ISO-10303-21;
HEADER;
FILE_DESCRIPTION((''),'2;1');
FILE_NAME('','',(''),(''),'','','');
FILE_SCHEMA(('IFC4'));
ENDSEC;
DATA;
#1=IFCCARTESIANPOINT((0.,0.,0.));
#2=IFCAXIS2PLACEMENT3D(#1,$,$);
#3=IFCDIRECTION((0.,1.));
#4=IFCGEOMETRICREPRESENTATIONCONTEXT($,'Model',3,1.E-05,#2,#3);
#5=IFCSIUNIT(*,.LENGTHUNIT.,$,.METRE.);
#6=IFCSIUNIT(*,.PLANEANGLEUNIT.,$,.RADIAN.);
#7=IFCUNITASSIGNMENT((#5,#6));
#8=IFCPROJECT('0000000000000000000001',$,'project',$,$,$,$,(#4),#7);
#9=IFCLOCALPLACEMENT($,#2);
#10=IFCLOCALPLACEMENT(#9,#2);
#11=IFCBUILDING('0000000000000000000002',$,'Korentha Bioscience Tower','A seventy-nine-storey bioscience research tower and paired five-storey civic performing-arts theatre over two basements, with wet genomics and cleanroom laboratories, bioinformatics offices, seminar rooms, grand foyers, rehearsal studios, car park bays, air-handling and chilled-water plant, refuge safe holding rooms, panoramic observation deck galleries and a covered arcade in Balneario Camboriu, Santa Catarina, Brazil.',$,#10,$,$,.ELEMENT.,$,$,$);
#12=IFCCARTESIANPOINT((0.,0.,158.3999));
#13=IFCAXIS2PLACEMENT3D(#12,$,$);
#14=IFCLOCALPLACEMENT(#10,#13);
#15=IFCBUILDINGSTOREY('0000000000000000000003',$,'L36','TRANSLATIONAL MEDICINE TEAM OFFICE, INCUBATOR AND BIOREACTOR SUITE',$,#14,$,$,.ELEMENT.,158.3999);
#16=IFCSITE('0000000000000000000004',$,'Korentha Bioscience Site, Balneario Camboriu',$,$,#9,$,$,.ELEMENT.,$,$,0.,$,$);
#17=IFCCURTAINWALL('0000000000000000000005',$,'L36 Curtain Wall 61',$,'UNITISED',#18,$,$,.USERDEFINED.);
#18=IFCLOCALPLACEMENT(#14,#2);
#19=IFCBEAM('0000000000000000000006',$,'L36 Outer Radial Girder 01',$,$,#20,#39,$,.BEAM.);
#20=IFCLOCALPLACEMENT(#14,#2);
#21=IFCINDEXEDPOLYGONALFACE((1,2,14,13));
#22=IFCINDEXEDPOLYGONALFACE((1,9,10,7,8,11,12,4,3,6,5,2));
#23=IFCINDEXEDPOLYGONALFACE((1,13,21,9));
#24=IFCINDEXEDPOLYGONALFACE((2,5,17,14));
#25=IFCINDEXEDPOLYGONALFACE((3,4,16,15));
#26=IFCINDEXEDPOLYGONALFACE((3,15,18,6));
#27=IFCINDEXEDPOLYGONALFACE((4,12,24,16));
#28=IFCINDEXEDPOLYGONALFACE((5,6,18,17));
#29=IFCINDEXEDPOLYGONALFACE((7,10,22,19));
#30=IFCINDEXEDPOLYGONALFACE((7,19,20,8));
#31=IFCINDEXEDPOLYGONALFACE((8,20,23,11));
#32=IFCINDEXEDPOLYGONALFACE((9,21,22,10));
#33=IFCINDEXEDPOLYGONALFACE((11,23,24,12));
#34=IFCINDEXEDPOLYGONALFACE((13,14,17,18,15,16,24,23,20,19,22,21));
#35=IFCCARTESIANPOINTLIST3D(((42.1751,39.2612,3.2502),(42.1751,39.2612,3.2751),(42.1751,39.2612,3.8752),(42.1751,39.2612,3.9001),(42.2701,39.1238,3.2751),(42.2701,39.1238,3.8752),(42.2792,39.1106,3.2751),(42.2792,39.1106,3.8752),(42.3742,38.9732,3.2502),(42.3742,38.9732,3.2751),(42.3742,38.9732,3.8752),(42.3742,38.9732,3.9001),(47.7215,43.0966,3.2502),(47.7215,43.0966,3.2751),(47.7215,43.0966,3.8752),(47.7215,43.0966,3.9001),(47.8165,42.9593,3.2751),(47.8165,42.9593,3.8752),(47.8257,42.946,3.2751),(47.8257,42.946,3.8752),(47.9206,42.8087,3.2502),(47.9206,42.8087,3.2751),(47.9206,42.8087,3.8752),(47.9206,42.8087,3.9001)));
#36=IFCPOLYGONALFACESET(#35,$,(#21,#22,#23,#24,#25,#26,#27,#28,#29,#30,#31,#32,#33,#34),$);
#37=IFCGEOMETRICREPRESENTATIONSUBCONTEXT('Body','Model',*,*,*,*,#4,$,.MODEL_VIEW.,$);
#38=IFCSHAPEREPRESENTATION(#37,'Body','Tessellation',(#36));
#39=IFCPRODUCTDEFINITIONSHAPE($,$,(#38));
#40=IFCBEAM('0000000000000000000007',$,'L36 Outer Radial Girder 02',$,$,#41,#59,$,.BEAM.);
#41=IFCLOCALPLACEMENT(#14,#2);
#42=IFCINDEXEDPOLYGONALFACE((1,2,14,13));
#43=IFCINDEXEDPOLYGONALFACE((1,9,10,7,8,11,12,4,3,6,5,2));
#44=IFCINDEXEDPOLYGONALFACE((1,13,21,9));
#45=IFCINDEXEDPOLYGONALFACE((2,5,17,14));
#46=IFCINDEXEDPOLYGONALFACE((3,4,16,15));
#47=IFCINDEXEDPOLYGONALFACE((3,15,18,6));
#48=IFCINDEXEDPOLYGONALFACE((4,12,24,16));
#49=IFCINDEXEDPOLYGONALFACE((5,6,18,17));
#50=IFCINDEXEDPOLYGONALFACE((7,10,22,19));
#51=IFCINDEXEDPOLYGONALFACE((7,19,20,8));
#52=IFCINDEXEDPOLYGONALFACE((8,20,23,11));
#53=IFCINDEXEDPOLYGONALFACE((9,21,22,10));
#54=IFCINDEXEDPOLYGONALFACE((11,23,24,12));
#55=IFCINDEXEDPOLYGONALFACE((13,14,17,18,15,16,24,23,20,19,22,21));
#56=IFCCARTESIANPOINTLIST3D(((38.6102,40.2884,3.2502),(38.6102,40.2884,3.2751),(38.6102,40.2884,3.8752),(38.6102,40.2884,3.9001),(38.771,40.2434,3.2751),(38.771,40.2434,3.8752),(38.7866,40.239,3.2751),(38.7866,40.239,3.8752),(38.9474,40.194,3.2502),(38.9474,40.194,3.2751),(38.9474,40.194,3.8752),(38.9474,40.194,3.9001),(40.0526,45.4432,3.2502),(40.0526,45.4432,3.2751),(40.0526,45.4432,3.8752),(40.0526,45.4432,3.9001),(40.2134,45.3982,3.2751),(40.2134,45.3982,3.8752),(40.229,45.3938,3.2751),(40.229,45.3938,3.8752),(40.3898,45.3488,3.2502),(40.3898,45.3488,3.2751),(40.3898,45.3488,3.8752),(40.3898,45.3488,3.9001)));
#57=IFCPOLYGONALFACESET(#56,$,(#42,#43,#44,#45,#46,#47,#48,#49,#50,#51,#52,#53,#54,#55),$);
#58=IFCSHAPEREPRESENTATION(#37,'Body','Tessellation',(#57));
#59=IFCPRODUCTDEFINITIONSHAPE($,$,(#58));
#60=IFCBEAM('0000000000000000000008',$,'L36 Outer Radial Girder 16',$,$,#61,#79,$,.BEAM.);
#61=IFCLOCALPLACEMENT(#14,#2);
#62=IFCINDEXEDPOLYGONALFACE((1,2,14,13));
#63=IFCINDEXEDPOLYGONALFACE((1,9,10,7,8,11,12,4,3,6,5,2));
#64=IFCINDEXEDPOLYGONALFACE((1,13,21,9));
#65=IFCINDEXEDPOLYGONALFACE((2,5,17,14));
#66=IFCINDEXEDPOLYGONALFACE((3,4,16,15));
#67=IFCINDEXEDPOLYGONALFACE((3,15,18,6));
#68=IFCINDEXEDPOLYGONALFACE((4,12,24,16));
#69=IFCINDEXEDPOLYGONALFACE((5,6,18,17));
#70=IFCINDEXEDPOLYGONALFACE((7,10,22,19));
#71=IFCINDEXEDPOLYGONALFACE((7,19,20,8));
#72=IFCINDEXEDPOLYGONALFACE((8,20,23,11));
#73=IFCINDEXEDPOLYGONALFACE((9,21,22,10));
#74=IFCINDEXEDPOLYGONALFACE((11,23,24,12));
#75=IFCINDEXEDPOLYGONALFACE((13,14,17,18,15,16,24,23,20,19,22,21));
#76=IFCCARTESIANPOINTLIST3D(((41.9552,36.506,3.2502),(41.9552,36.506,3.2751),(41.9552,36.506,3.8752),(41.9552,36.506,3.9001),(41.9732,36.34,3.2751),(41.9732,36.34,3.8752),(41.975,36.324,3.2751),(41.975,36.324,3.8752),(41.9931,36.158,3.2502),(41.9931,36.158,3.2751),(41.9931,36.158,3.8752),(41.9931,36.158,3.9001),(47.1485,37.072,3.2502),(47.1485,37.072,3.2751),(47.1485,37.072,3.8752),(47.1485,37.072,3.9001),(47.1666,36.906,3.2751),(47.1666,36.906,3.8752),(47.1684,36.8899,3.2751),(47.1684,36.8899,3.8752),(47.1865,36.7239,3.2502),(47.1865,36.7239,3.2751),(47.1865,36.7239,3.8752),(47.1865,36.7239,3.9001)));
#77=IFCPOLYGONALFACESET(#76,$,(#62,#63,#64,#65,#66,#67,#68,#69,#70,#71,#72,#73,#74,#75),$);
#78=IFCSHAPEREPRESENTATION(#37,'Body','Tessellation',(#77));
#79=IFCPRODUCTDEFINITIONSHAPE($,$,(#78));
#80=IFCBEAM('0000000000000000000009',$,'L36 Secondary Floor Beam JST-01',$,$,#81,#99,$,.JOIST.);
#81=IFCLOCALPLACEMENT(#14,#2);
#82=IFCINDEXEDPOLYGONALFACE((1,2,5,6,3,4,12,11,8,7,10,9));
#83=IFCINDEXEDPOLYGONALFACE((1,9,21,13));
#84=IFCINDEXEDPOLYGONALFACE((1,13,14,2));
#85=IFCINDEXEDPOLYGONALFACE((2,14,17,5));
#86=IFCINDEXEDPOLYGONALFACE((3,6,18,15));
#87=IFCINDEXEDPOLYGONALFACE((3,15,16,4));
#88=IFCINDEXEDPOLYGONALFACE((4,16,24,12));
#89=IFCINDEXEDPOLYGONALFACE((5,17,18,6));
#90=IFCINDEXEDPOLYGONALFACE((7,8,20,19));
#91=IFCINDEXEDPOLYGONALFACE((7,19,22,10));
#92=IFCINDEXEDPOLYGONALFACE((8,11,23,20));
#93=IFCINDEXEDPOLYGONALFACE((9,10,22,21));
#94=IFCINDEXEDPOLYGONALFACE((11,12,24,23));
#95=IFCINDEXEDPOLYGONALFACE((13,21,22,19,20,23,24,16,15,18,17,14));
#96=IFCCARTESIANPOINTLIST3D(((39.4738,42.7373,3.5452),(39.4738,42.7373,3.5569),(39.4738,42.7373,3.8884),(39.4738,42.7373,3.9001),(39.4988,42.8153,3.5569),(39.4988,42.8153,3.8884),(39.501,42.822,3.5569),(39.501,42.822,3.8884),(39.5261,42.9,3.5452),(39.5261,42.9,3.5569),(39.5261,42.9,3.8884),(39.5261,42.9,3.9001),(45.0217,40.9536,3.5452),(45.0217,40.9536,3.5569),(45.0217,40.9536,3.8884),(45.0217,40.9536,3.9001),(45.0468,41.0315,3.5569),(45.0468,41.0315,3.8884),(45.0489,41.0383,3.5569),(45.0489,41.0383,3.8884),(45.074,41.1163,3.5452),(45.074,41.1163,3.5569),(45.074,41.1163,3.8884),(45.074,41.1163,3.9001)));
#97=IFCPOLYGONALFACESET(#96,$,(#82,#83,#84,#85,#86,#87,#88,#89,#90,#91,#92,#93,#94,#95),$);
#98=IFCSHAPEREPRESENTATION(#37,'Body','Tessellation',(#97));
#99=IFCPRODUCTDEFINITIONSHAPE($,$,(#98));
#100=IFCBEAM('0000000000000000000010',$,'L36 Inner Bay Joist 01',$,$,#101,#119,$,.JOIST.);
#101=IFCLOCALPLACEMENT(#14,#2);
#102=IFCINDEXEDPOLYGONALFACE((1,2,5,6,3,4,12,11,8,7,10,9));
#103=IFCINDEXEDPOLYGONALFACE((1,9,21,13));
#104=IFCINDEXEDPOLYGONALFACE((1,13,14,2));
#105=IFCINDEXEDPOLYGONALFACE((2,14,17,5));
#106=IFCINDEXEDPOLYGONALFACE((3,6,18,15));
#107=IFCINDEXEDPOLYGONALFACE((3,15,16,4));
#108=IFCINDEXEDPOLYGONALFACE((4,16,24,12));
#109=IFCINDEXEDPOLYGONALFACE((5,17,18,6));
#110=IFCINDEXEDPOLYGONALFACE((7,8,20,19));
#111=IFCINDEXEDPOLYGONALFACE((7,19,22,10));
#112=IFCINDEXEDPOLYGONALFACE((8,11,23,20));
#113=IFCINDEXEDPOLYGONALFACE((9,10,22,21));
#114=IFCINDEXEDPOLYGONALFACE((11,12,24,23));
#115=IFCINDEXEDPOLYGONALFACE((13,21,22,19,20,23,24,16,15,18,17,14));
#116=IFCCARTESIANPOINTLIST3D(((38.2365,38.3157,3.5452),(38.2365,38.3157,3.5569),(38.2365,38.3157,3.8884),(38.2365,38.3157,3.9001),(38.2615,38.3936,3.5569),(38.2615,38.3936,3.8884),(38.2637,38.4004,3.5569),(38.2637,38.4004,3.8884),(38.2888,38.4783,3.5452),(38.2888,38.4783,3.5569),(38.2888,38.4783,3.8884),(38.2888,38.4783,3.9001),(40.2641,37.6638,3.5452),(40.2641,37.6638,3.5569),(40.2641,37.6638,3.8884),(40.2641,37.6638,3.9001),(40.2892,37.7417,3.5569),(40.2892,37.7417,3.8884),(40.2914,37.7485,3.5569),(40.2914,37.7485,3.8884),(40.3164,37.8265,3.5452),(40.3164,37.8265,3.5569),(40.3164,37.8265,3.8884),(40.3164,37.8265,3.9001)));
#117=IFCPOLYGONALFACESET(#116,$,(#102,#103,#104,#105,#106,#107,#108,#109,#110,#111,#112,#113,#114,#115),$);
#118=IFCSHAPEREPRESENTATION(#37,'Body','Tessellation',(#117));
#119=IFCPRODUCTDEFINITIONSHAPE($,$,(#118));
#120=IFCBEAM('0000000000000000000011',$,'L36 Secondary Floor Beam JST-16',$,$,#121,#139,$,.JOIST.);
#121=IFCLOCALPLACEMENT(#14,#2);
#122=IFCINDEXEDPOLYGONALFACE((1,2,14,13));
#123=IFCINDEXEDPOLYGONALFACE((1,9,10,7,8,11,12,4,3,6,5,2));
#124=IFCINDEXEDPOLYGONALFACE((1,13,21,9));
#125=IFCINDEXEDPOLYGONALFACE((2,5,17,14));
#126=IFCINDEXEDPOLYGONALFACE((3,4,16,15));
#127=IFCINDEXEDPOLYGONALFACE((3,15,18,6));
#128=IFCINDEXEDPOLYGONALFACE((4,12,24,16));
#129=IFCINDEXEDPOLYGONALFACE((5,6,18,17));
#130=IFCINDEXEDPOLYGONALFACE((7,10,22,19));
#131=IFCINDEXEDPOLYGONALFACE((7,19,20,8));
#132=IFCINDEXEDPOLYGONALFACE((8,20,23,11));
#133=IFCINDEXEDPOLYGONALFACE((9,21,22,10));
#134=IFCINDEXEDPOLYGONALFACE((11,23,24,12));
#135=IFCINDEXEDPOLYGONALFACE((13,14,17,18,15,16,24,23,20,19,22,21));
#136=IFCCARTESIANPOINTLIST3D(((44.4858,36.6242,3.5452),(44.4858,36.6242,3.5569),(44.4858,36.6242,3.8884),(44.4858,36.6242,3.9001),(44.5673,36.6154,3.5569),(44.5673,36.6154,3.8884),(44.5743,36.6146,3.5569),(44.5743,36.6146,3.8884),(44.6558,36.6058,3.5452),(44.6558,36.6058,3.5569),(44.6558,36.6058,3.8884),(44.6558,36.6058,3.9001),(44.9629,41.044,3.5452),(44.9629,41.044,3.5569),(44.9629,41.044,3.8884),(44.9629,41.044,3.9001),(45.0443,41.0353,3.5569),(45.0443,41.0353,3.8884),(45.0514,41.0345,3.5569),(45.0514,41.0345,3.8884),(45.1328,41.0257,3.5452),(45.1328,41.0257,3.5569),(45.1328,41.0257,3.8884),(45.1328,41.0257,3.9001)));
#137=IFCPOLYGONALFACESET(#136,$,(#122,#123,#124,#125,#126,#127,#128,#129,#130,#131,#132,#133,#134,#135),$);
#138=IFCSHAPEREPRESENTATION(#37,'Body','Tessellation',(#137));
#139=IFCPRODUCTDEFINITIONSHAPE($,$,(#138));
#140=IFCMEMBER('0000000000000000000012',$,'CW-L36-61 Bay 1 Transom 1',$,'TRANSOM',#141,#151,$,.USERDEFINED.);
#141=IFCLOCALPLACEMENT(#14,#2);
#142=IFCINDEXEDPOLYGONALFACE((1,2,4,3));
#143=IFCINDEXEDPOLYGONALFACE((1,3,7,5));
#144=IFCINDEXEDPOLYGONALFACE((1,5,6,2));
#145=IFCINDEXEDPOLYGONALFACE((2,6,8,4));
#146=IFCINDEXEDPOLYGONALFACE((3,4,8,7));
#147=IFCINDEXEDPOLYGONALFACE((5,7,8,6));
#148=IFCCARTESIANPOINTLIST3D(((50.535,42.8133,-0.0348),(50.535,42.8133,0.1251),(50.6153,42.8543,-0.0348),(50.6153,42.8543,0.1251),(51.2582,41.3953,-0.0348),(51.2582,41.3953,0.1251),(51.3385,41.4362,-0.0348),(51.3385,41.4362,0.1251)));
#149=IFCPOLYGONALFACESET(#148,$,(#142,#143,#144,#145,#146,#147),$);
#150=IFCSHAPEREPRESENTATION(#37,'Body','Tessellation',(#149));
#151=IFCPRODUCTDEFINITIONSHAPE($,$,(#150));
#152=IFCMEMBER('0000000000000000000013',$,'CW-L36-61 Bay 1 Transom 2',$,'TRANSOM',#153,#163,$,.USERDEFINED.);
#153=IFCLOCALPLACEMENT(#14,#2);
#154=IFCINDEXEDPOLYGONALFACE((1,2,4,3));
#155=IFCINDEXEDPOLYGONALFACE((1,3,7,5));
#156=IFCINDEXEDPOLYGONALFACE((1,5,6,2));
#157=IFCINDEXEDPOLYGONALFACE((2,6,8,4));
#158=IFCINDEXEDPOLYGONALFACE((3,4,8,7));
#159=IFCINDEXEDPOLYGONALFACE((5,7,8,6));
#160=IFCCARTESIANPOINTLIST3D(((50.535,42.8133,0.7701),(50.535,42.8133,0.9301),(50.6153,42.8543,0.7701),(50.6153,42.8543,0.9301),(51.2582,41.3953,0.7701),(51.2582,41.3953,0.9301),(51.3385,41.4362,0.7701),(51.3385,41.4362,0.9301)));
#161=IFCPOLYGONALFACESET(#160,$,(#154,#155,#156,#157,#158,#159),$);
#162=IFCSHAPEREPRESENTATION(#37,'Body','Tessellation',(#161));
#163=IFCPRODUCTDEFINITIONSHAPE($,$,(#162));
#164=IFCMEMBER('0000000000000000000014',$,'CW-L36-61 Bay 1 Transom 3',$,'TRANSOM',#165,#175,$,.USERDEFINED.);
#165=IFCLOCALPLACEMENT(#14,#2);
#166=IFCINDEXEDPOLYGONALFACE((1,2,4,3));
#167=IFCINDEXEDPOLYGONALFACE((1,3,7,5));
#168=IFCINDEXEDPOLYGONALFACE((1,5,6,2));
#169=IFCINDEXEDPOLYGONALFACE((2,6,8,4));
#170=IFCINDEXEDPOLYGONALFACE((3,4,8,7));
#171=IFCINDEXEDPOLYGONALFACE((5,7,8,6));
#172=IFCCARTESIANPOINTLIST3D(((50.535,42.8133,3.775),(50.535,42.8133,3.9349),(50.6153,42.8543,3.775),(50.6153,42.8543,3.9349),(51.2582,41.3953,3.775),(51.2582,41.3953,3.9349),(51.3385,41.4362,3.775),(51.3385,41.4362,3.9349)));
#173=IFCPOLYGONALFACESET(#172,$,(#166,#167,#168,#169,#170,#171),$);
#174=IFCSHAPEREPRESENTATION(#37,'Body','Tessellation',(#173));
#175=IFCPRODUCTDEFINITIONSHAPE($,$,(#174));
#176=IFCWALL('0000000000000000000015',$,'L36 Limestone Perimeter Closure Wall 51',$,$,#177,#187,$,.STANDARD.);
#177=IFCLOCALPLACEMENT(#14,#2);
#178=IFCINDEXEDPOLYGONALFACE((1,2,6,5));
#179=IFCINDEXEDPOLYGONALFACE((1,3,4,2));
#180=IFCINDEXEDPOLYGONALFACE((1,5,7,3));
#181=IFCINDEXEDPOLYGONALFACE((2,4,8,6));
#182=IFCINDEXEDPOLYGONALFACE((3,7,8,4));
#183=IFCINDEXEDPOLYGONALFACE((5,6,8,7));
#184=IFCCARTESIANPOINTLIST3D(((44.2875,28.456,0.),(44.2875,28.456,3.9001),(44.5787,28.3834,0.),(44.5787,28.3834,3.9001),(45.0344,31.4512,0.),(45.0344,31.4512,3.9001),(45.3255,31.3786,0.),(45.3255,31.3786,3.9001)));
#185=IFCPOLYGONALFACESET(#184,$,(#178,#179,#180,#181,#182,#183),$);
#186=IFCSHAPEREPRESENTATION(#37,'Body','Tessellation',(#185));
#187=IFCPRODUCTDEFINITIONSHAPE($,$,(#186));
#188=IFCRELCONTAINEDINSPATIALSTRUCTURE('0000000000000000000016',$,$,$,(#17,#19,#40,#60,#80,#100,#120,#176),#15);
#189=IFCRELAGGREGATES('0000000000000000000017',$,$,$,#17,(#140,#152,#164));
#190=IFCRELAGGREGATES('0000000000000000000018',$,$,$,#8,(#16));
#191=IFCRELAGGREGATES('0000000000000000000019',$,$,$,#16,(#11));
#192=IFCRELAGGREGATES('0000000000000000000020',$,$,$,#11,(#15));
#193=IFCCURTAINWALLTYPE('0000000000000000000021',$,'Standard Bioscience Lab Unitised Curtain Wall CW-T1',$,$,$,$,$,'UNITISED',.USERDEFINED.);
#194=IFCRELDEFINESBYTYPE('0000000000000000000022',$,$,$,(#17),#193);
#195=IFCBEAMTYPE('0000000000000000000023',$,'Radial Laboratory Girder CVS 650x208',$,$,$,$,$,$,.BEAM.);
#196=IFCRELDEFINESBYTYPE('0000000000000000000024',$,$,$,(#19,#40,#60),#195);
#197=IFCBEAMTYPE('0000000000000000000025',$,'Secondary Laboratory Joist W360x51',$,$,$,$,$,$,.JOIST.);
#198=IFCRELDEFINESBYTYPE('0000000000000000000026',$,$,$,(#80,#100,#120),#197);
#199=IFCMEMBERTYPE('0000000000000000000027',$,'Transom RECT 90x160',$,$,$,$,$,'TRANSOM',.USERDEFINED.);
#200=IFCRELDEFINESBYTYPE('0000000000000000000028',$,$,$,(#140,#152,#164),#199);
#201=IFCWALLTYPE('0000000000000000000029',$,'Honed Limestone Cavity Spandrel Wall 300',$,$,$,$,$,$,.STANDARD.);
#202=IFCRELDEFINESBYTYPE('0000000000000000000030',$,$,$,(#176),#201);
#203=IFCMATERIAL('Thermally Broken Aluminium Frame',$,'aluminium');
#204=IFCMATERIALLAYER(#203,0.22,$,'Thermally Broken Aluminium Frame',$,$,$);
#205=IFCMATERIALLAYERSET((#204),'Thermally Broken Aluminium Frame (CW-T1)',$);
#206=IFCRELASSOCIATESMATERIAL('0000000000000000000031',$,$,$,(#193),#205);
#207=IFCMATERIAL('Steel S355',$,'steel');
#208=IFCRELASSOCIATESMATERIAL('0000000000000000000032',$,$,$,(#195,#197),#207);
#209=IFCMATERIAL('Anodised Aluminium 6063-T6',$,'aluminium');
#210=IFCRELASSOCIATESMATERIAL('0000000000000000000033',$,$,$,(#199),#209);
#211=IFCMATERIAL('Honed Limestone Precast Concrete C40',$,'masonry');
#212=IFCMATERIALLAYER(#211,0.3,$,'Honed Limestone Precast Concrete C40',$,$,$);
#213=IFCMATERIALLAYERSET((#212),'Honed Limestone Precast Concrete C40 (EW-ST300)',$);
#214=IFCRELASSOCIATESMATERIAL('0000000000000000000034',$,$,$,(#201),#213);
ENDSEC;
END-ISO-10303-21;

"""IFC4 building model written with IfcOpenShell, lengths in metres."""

from ifc_helpers import new_model, si_unit, direction, frame, frame_2d, origin, origin_2d, place, context, subcontext, project, spatial, rectangle, i_section, extrude, material, layer, layer_set, material_profile, profile_set, type_object, element, aggregate, save


model = new_model("IFC4")

# Units and contexts
model_context = context("Model", 3, precision=1e-05, world=origin(), true_north=direction((0.0, 1.0)))
body_context = subcontext(model_context, "Body", "Model", "MODEL_VIEW")
ifc_project = project(units=[si_unit("LENGTHUNIT", "METRE"), si_unit("PLANEANGLEUNIT", "RADIAN")], contexts=[model_context])

# Site, building, storey
site_placement = place(None, origin())
site = spatial("IfcSite", under=ifc_project, at=site_placement, Name="Korentha Bioscience Site, Balneario Camboriu", CompositionType="ELEMENT", RefElevation=0.0)
building_placement = place(site_placement, origin())
building = spatial("IfcBuilding", under=site, at=building_placement, Name="Korentha Bioscience Tower", Description="A seventy-nine-storey bioscience research tower and paired five-storey civic performing-arts theatre over two basements, with wet genomics and cleanroom laboratories, bioinformatics offices, seminar rooms, grand foyers, rehearsal studios, car park bays, air-handling and chilled-water plant, refuge safe holding rooms, panoramic observation deck galleries and a covered arcade in Balneario Camboriu, Santa Catarina, Brazil.", CompositionType="ELEMENT")
storey_placement = place(building_placement, frame((0.0, 0.0, 158.3999)))
storey = spatial("IfcBuildingStorey", under=building, at=storey_placement, Name="L36", Description="TRANSLATIONAL MEDICINE TEAM OFFICE, INCUBATOR AND BIOREACTOR SUITE", CompositionType="ELEMENT", Elevation=158.3999)

# Shared definitions
ifc_material_1 = material(Name="Steel S355", Category="steel")

# Curtain wall
ifc_material_2 = material(Name="Thermally Broken Aluminium Frame", Category="aluminium")
ifc_layer_1 = layer(ifc_material_2, 0.22, Name="Thermally Broken Aluminium Frame")
ifc_layer_set_1 = layer_set([ifc_layer_1], Name="Thermally Broken Aluminium Frame (CW-T1)")
curtain_wall_type = type_object("IfcCurtainWallType", Name="Standard Bioscience Lab Unitised Curtain Wall CW-T1", ElementType="UNITISED", PredefinedType="USERDEFINED", material=ifc_layer_set_1)
curtain_wall_placement = place(storey_placement, origin())
curtain_wall = element("IfcCurtainWall", 1, at=curtain_wall_placement, inside=storey, type_object=curtain_wall_type, Name="L36 Curtain Wall 61", ObjectType="UNITISED", PredefinedType="USERDEFINED")
ifc_material_3 = material(Name="Anodised Aluminium 6063-T6", Category="aluminium")

# Beams
ifc_material_profile_1 = material_profile(ifc_material_1, i_section(OverallWidth=0.3501, OverallDepth=0.6499, WebThickness=0.0161, FlangeThickness=0.0249, at=origin_2d()), Name="Steel S355")
ifc_profile_set_1 = profile_set([ifc_material_profile_1], Name="Steel S355 (RB-650)")
beam_type_1 = type_object("IfcBeamType", Name="Radial Laboratory Girder CVS 650x208", PredefinedType="BEAM", material=ifc_profile_set_1)
beam_1_placement = place(storey_placement, frame((42.2747, 39.1172, 3.5752), z_axis=(0.822494, 0.568773, 0.0), x_axis=(-0.568773, 0.822494, 0.0)))
element("IfcBeam", 2, at=beam_1_placement, inside=storey, type_object=beam_type_1, Name="L36 Outer Radial Girder 01", PredefinedType="BEAM", context=body_context, shape_type="SweptSolid", body=[
    extrude(i_section(OverallWidth=0.3501, OverallDepth=0.6499, WebThickness=0.0161, FlangeThickness=0.0249, at=origin_2d()), origin(), (0.0, 0.0, 1.0), 6.7434),
])
beam_2_placement = place(storey_placement, frame((38.7788, 40.2412, 3.5752), z_axis=(0.269464, 0.96301, 0.0), x_axis=(-0.96301, 0.269464, 0.0)))
element("IfcBeam", 3, at=beam_2_placement, inside=storey, type_object=beam_type_1, Name="L36 Outer Radial Girder 02", PredefinedType="BEAM", context=body_context, shape_type="SweptSolid", body=[
    extrude(i_section(OverallWidth=0.3501, OverallDepth=0.6499, WebThickness=0.0161, FlangeThickness=0.0249, at=origin_2d()), origin(), (0.0, 0.0, 1.0), 5.3528),
])
beam_3_placement = place(storey_placement, frame((41.9741, 36.332, 3.5752), z_axis=(0.994115, 0.108328, 0.0), x_axis=(-0.108328, 0.994115, 0.0)))
element("IfcBeam", 4, at=beam_3_placement, inside=storey, type_object=beam_type_1, Name="L36 Outer Radial Girder 16", PredefinedType="BEAM", context=body_context, shape_type="SweptSolid", body=[
    extrude(i_section(OverallWidth=0.3501, OverallDepth=0.6499, WebThickness=0.0161, FlangeThickness=0.0249, at=origin_2d()), origin(), (0.0, 0.0, 1.0), 5.2241),
])
ifc_material_profile_2 = material_profile(ifc_material_1, i_section(OverallWidth=0.1709, OverallDepth=0.355, WebThickness=0.0071, FlangeThickness=0.0117, at=origin_2d()), Name="Steel S355")
ifc_profile_set_2 = profile_set([ifc_material_profile_2], Name="Steel S355 (JB-360)")
beam_type_2 = type_object("IfcBeamType", Name="Secondary Laboratory Joist W360x51", PredefinedType="JOIST", material=ifc_profile_set_2)
beam_4_placement = place(storey_placement, frame((45.0479, 41.0349, 3.7227), z_axis=(-0.952006, 0.30608, 0.0), x_axis=(-0.30608, -0.952006, 0.0)))
element("IfcBeam", 5, at=beam_4_placement, inside=storey, type_object=beam_type_2, Name="L36 Secondary Floor Beam JST-01", PredefinedType="JOIST", context=body_context, shape_type="SweptSolid", body=[
    extrude(i_section(OverallWidth=0.1709, OverallDepth=0.355, WebThickness=0.0071, FlangeThickness=0.0117, at=origin_2d()), origin(), (0.0, 0.0, 1.0), 5.8276),
])
beam_5_placement = place(storey_placement, frame((40.2903, 37.7451, 3.7227), z_axis=(-0.952011, 0.306065, 0.0), x_axis=(-0.306065, -0.952011, 0.0)))
element("IfcBeam", 6, at=beam_5_placement, inside=storey, type_object=beam_type_2, Name="L36 Inner Bay Joist 01", PredefinedType="JOIST", context=body_context, shape_type="SweptSolid", body=[
    extrude(i_section(OverallWidth=0.1709, OverallDepth=0.355, WebThickness=0.0071, FlangeThickness=0.0117, at=origin_2d()), origin(), (0.0, 0.0, 1.0), 2.1299),
])
beam_6_placement = place(storey_placement, frame((44.5708, 36.615, 3.7227), z_axis=(0.107309, 0.994226, 0.0), x_axis=(-0.994226, 0.107309, 0.0)))
element("IfcBeam", 7, at=beam_6_placement, inside=storey, type_object=beam_type_2, Name="L36 Secondary Floor Beam JST-16", PredefinedType="JOIST", context=body_context, shape_type="SweptSolid", body=[
    extrude(i_section(OverallWidth=0.1709, OverallDepth=0.355, WebThickness=0.0071, FlangeThickness=0.0117, at=origin_2d()), origin(), (0.0, 0.0, 1.0), 4.4456),
])

# Members
ifc_material_profile_3 = material_profile(ifc_material_3, rectangle(XDim=0.0901, YDim=0.1599, at=origin_2d()), Name="Anodised Aluminium 6063-T6")
ifc_profile_set_3 = profile_set([ifc_material_profile_3], Name="Anodised Aluminium 6063-T6 (CW-TRN)")
member_type_1 = type_object("IfcMemberType", Name="Transom RECT 90x160", ElementType="TRANSOM", PredefinedType="USERDEFINED", material=ifc_profile_set_3)
member_1_placement = place(storey_placement, frame((51.2983, 41.4158, 0.0452), z_axis=(-0.454316, 0.89084, 0.0), x_axis=(-0.89084, -0.454316, 0.0)))
member_1 = element("IfcMember", 8, at=member_1_placement, type_object=member_type_1, Name="CW-L36-61 Bay 1 Transom 1", ObjectType="TRANSOM", PredefinedType="USERDEFINED", context=body_context, shape_type="SweptSolid", body=[
    extrude(rectangle(XDim=0.0901, YDim=0.1599, at=origin_2d()), origin(), (0.0, 0.0, 1.0), 1.5918),
])
member_2_placement = place(storey_placement, frame((51.2983, 41.4158, 0.8501), z_axis=(-0.454316, 0.89084, 0.0), x_axis=(-0.89084, -0.454316, 0.0)))
member_2 = element("IfcMember", 9, at=member_2_placement, type_object=member_type_1, Name="CW-L36-61 Bay 1 Transom 2", ObjectType="TRANSOM", PredefinedType="USERDEFINED", context=body_context, shape_type="SweptSolid", body=[
    extrude(rectangle(XDim=0.0901, YDim=0.1599, at=origin_2d()), origin(), (0.0, 0.0, 1.0), 1.5918),
])
member_3_placement = place(storey_placement, frame((51.2983, 41.4158, 3.855), z_axis=(-0.454316, 0.89084, 0.0), x_axis=(-0.89084, -0.454316, 0.0)))
member_3 = element("IfcMember", 10, at=member_3_placement, type_object=member_type_1, Name="CW-L36-61 Bay 1 Transom 3", ObjectType="TRANSOM", PredefinedType="USERDEFINED", context=body_context, shape_type="SweptSolid", body=[
    extrude(rectangle(XDim=0.0901, YDim=0.1599, at=origin_2d()), origin(), (0.0, 0.0, 1.0), 1.5918),
])
aggregate(curtain_wall, [member_1, member_2, member_3])

# Wall
ifc_material_4 = material(Name="Honed Limestone Precast Concrete C40", Category="masonry")
ifc_layer_2 = layer(ifc_material_4, 0.3, Name="Honed Limestone Precast Concrete C40")
ifc_layer_set_2 = layer_set([ifc_layer_2], Name="Honed Limestone Precast Concrete C40 (EW-ST300)")
wall_type = type_object("IfcWallType", Name="Honed Limestone Cavity Spandrel Wall 300", PredefinedType="STANDARD", material=ifc_layer_set_2)
for number, where, z_axis, x_axis, name in (
    (11, (44.4331, 28.4197, 0.0), (0.0, 0.0, 1.0), (0.24194, 0.970291, 0.0), "L36 Limestone Perimeter Closure Wall 51"),
):
    element("IfcWall", number, at=place(storey_placement, frame(where, z_axis=z_axis, x_axis=x_axis)), inside=storey, type_object=wall_type, Name=name, PredefinedType="STANDARD", context=body_context, shape_type="SweptSolid", body=[
        extrude(rectangle(XDim=3.0869, YDim=0.3, at=frame_2d((1.5435, 0.0))), origin(), (0.0, 0.0, 1.0), 3.9001),
    ])

save(model, "model.ifc")
